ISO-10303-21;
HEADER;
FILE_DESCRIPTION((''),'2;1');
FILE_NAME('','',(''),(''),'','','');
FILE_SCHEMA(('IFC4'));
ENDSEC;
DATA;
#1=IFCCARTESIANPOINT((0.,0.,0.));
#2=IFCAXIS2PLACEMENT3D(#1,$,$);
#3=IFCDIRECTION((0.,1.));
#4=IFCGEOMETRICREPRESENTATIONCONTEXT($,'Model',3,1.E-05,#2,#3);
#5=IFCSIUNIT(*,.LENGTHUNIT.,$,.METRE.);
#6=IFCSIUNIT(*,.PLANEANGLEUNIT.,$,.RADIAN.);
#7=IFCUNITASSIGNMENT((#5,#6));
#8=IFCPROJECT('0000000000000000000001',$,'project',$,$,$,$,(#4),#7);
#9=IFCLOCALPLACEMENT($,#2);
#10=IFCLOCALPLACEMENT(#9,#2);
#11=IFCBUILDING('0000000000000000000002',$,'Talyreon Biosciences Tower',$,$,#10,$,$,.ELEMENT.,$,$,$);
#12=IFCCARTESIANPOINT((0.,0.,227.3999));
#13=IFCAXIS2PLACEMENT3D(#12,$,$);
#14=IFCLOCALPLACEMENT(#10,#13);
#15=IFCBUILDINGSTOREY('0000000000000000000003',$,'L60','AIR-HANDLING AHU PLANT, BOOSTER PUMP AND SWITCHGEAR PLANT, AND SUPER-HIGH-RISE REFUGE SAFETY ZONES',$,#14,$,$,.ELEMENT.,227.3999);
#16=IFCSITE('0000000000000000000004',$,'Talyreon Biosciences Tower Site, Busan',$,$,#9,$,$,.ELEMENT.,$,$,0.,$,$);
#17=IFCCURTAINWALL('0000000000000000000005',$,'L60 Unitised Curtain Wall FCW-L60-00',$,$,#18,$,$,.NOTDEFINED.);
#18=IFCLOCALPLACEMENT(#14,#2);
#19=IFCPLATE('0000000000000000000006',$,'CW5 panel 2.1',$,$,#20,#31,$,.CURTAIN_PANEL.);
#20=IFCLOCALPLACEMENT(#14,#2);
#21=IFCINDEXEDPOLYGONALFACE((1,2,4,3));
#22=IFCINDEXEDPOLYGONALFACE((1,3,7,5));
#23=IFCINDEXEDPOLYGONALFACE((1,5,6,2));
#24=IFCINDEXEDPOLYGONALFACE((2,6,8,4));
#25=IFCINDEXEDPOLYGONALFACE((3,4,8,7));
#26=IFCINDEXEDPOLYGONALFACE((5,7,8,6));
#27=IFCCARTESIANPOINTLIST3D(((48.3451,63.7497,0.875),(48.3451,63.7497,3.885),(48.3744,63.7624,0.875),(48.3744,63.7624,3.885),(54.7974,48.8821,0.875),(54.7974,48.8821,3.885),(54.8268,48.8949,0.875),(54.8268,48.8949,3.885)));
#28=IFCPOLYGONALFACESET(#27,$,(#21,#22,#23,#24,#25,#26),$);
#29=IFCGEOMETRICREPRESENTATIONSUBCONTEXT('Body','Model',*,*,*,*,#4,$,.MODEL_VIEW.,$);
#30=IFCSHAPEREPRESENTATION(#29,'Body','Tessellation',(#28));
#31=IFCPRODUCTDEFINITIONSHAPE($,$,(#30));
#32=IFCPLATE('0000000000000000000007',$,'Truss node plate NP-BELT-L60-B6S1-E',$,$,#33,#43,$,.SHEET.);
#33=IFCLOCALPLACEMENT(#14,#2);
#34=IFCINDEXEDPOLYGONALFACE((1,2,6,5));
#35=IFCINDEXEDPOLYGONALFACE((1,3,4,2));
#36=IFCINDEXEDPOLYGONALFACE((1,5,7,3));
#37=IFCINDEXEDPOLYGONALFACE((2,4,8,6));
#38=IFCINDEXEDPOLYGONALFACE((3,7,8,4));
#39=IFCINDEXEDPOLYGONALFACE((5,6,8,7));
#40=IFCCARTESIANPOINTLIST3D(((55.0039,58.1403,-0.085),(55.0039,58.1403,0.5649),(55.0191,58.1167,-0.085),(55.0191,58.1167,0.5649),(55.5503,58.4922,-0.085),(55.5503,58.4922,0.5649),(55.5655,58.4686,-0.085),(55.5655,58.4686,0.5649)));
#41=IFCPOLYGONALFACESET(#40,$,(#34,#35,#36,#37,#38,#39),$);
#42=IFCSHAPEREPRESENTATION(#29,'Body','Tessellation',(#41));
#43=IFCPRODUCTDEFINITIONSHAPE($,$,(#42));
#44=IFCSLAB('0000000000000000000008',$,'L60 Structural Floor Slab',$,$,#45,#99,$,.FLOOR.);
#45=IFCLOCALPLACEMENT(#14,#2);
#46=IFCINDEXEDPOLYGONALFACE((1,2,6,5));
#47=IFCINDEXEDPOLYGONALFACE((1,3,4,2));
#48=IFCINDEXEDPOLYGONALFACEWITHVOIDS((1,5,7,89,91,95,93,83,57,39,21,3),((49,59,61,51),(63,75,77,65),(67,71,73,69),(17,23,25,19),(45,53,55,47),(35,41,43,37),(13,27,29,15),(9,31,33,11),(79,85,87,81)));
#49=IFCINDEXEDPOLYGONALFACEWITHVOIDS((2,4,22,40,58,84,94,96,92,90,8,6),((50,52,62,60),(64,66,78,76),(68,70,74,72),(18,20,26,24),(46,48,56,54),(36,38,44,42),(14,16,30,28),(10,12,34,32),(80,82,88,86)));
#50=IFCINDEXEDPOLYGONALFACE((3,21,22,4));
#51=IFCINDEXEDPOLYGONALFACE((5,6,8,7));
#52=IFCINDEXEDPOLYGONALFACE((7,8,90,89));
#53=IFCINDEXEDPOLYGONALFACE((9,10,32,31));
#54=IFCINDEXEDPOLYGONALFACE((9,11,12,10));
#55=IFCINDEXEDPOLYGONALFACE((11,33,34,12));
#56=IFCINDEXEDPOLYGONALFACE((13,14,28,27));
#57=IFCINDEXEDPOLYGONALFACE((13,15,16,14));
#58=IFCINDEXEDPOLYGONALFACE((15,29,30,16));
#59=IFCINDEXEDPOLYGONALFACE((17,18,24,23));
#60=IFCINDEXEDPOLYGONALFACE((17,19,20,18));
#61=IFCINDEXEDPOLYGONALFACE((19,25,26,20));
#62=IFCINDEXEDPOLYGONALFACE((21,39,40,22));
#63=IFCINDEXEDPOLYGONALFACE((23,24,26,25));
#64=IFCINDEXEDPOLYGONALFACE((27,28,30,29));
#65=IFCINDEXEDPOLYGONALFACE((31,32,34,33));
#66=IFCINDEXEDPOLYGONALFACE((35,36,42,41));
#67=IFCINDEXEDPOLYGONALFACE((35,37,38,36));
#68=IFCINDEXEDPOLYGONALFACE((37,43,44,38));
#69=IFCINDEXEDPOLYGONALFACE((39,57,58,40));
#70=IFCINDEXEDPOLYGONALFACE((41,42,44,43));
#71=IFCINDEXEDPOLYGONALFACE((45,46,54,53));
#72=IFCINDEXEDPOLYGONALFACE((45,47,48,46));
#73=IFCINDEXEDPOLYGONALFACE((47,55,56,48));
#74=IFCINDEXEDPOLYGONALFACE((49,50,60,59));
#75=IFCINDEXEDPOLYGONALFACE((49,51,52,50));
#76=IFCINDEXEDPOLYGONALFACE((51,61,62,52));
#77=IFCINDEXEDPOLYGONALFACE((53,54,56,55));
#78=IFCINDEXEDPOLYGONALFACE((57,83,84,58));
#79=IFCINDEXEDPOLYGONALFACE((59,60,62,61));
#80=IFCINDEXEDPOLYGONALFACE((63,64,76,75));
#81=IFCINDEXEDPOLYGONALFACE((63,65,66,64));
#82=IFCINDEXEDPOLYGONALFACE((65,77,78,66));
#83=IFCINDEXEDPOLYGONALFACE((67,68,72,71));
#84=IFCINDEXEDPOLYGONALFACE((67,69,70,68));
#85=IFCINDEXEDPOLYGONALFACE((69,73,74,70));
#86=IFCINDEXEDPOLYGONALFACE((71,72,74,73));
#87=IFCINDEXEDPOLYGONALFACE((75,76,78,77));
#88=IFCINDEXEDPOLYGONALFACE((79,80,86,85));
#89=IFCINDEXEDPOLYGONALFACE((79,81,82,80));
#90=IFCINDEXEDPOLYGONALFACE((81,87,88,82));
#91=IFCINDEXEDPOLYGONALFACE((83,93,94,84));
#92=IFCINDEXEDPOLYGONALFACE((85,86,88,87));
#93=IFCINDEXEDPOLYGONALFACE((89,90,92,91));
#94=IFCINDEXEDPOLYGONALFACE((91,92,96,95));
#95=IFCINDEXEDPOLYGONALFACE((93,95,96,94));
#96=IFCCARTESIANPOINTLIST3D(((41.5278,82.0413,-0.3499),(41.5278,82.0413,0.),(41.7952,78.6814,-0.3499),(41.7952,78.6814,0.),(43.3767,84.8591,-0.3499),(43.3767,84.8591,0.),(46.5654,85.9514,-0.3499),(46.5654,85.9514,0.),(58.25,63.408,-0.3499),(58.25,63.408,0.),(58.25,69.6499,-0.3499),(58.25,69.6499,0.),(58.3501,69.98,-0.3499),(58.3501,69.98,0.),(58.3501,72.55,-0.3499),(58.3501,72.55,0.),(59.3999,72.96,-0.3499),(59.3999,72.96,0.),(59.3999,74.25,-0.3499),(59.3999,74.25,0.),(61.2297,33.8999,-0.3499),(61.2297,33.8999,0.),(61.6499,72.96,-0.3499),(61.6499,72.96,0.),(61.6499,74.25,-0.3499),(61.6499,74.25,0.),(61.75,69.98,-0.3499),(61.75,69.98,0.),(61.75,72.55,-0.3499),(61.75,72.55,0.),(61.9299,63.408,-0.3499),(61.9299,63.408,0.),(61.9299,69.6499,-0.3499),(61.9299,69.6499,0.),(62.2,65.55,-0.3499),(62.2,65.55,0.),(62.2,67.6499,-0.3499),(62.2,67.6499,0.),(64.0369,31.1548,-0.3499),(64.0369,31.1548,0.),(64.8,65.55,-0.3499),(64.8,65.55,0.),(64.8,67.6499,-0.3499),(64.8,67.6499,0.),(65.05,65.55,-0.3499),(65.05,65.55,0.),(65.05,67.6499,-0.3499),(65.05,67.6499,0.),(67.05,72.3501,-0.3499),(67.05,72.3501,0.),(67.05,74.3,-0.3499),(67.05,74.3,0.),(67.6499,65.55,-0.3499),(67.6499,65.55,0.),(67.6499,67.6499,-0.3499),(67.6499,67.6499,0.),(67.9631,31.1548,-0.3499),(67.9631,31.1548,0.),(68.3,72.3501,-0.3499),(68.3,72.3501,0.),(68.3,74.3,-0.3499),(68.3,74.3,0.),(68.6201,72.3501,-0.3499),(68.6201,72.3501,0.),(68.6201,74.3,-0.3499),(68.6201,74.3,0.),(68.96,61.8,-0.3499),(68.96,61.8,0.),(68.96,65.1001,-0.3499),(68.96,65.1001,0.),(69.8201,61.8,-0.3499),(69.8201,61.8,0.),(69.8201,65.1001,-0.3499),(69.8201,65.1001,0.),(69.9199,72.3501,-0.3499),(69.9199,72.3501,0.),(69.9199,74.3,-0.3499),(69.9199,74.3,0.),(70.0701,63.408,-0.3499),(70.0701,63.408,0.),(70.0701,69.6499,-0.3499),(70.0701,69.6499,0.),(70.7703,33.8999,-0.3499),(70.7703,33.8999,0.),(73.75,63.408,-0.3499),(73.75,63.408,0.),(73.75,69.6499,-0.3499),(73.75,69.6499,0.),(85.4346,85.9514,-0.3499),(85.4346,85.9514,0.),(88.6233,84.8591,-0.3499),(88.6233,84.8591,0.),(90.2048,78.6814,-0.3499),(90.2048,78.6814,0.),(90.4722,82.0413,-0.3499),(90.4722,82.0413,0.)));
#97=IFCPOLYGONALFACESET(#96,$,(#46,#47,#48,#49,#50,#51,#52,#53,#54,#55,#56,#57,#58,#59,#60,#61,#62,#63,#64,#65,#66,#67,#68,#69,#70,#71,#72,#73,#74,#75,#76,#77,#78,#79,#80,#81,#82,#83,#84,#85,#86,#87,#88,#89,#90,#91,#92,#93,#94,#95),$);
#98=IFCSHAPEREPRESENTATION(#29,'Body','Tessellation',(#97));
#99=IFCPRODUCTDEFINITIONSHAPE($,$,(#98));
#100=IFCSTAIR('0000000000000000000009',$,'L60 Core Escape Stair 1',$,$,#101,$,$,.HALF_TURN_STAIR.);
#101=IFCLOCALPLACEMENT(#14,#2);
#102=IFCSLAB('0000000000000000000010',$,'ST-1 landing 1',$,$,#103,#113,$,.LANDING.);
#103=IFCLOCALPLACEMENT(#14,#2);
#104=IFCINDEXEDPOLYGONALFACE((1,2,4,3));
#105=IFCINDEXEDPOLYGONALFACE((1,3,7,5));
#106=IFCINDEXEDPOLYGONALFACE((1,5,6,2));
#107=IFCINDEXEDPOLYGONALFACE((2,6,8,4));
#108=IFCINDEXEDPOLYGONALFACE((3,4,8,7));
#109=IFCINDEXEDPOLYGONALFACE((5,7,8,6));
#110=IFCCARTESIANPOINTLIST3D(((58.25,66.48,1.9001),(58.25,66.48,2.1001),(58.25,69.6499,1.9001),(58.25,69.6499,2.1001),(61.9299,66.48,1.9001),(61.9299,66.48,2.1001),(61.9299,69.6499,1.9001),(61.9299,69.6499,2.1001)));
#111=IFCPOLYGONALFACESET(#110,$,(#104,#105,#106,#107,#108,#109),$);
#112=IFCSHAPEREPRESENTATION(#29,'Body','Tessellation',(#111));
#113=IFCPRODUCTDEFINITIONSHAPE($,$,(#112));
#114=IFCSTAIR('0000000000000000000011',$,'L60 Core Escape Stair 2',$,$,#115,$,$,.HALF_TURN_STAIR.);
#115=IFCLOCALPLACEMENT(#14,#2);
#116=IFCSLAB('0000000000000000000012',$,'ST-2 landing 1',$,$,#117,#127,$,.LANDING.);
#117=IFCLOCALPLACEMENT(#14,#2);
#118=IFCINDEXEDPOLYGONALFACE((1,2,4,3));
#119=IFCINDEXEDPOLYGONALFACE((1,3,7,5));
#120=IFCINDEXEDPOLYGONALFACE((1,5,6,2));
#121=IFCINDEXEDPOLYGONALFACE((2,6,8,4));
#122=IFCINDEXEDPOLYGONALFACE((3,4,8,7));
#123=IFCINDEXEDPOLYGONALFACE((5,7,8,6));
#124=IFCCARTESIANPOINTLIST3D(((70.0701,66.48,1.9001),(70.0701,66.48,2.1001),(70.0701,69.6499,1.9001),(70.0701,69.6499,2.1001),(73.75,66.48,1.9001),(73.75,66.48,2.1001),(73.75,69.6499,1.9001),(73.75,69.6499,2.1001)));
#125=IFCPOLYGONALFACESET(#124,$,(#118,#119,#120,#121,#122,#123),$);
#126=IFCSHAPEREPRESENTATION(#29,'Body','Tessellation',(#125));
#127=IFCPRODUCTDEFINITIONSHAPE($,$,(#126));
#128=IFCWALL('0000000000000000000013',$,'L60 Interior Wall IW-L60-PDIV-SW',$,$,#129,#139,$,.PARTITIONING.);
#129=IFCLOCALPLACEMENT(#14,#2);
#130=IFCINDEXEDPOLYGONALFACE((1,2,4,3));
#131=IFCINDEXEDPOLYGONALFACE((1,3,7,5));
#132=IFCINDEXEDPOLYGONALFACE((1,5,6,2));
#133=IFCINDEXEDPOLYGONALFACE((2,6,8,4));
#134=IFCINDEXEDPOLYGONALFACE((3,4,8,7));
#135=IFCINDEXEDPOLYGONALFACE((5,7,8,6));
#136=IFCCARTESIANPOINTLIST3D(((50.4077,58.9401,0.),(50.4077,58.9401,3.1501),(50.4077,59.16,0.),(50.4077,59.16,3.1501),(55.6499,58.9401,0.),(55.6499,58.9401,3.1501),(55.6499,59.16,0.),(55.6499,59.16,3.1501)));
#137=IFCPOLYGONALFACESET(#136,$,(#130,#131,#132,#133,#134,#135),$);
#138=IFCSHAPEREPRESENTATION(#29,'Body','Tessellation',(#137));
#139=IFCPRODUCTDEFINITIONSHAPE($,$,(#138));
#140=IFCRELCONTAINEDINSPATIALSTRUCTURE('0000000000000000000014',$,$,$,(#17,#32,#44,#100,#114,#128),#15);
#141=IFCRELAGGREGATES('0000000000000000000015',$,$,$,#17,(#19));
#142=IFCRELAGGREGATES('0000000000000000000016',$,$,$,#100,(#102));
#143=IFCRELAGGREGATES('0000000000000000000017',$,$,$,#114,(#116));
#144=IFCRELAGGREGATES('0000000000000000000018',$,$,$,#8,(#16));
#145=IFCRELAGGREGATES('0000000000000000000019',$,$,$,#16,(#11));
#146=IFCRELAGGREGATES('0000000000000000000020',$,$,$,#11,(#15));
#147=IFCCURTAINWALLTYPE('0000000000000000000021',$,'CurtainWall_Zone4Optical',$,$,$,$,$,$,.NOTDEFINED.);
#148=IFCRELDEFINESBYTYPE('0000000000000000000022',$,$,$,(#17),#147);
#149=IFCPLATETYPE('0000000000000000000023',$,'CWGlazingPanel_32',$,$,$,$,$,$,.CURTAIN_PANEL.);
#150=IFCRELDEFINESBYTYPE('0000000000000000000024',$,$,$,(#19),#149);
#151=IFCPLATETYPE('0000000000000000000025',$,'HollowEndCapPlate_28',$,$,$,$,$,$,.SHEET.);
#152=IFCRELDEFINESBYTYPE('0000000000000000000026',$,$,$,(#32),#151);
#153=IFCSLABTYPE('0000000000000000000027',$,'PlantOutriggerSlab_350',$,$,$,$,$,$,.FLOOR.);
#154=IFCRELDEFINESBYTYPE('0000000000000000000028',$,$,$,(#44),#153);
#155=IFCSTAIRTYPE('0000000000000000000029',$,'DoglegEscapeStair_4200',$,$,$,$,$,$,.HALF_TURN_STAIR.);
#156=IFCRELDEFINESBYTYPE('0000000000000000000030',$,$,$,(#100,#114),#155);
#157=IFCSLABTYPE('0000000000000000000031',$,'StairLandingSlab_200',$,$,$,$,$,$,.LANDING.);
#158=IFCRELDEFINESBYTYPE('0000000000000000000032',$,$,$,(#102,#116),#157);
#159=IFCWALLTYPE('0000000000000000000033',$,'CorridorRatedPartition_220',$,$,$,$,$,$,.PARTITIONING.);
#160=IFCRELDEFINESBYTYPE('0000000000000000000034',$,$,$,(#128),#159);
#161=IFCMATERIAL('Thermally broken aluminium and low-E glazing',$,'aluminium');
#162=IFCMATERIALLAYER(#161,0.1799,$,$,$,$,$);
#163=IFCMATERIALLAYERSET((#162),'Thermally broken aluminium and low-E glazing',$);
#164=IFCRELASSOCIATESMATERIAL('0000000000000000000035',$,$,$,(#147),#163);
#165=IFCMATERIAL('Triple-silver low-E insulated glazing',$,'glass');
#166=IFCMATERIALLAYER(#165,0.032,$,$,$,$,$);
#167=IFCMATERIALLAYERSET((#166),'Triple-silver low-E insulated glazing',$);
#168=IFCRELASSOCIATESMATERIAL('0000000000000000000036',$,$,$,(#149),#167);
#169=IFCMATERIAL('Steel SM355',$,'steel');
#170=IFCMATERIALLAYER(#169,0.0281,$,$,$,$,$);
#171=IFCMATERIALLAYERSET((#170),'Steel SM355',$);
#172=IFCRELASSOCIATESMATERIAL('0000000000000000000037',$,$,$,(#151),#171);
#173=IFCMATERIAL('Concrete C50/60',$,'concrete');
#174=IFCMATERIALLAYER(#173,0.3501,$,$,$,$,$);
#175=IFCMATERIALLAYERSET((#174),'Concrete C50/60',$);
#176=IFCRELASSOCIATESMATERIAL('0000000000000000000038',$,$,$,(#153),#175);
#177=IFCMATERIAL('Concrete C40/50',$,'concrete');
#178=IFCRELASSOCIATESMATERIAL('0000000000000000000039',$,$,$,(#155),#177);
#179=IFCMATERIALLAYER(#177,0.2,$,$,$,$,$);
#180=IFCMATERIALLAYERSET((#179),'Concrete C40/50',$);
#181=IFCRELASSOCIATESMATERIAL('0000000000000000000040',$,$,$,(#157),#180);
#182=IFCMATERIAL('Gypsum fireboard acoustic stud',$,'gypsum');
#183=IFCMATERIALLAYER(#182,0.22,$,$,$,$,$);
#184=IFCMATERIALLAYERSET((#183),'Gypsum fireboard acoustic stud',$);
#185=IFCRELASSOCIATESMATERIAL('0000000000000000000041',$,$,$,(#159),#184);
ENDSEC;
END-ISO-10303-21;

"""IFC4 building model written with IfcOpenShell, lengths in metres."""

from ifc_helpers import new_model, si_unit, direction, frame, frame_2d, origin, origin_2d, place, context, subcontext, project, spatial, polyline, rectangle, outline, extrude, material, layer, layer_set, type_object, element, aggregate, save


model = new_model("IFC4")

# Units and contexts
model_context = context("Model", 3, precision=1e-05, world=origin(), true_north=direction((0.0, 1.0)))
body_context = subcontext(model_context, "Body", "Model", "MODEL_VIEW")
ifc_project = project(units=[si_unit("LENGTHUNIT", "METRE"), si_unit("PLANEANGLEUNIT", "RADIAN")], contexts=[model_context])

# Site, building, storey
site_placement = place(None, origin())
site = spatial("IfcSite", under=ifc_project, at=site_placement, Name="Talyreon Biosciences Tower Site, Busan", CompositionType="ELEMENT", RefElevation=0.0)
building_placement = place(site_placement, origin())
building = spatial("IfcBuilding", under=site, at=building_placement, Name="Talyreon Biosciences Tower", CompositionType="ELEMENT")
storey_placement = place(building_placement, frame((0.0, 0.0, 227.3999)))
storey = spatial("IfcBuildingStorey", under=building, at=storey_placement, Name="L60", Description="AIR-HANDLING AHU PLANT, BOOSTER PUMP AND SWITCHGEAR PLANT, AND SUPER-HIGH-RISE REFUGE SAFETY ZONES", CompositionType="ELEMENT", Elevation=227.3999)

# Shared definitions
ifc_material_1 = material(Name="Concrete C50/60", Category="concrete")

# Shared definitions
ifc_material_2 = material(Name="Steel SM355", Category="steel")

# Curtain wall
ifc_material_3 = material(Name="Thermally broken aluminium and low-E glazing", Category="aluminium")
ifc_layer_1 = layer(ifc_material_3, 0.1799)
ifc_layer_set_1 = layer_set([ifc_layer_1], Name="Thermally broken aluminium and low-E glazing")
curtain_wall_type = type_object("IfcCurtainWallType", Name="CurtainWall_Zone4Optical", PredefinedType="NOTDEFINED", material=ifc_layer_set_1)
curtain_wall_placement = place(storey_placement, origin())
curtain_wall = element("IfcCurtainWall", 1, at=curtain_wall_placement, inside=storey, type_object=curtain_wall_type, Name="L60 Unitised Curtain Wall FCW-L60-00", PredefinedType="NOTDEFINED")

# Plates
ifc_material_4 = material(Name="Triple-silver low-E insulated glazing", Category="glass")
ifc_layer_2 = layer(ifc_material_4, 0.032)
ifc_layer_set_2 = layer_set([ifc_layer_2], Name="Triple-silver low-E insulated glazing")
plate_type_1 = type_object("IfcPlateType", Name="CWGlazingPanel_32", PredefinedType="CURTAIN_PANEL", material=ifc_layer_set_2)
plate_1_placement = place(storey_placement, frame((51.5859, 56.3223, 0.875), z_axis=(0.0, 0.0, 1.0), x_axis=(-0.398112, 0.917337, 0.0)))
plate_1 = element("IfcPlate", 2, at=plate_1_placement, type_object=plate_type_1, Name="CW5 panel 2.1", PredefinedType="CURTAIN_PANEL", context=body_context, shape_type="SweptSolid", body=[
    extrude(rectangle(XDim=16.2073, YDim=0.032, at=origin_2d()), origin(), (0.0, 0.0, 1.0), 3.01),
])
aggregate(curtain_wall, [plate_1])
ifc_layer_3 = layer(ifc_material_2, 0.0281)
ifc_layer_set_3 = layer_set([ifc_layer_3], Name="Steel SM355")
plate_type_2 = type_object("IfcPlateType", Name="HollowEndCapPlate_28", PredefinedType="SHEET", material=ifc_layer_set_3)
plate_2_placement = place(storey_placement, frame((55.2847, 58.3044, -0.085), z_axis=(0.0, 0.0, 1.0), x_axis=(0.840727, 0.541459, 0.0)))
element("IfcPlate", 3, at=plate_2_placement, inside=storey, type_object=plate_type_2, Name="Truss node plate NP-BELT-L60-B6S1-E", PredefinedType="SHEET", context=body_context, shape_type="SweptSolid", body=[
    extrude(rectangle(XDim=0.6499, YDim=0.0281, at=origin_2d()), origin(), (0.0, 0.0, 1.0), 0.6499),
])

# Slab
ifc_layer_4 = layer(ifc_material_1, 0.3501)
ifc_layer_set_4 = layer_set([ifc_layer_4], Name="Concrete C50/60")
slab_type_1 = type_object("IfcSlabType", Name="PlantOutriggerSlab_350", PredefinedType="FLOOR", material=ifc_layer_set_4)
slab_1_placement = place(storey_placement, frame((0.0, 0.0, -0.3499)))
element("IfcSlab", 4, at=slab_1_placement, inside=storey, type_object=slab_type_1, Name="L60 Structural Floor Slab", PredefinedType="FLOOR", context=body_context, shape_type="SweptSolid", body=[
    extrude(outline(polyline([(61.2297, 33.8999), (41.7952, 78.6814), (41.5278, 82.0413), (43.3767, 84.8591), (46.5654, 85.9514), (85.4346, 85.9514), (88.6233, 84.8591), (90.4722, 82.0413), (90.2048, 78.6814), (70.7703, 33.8999), (67.9631, 31.1548), (64.0369, 31.1548), (61.2297, 33.8999)]), holes=[polyline([(69.8201, 65.1001), (69.8201, 61.8), (68.96, 61.8), (68.96, 65.1001), (69.8201, 65.1001)]), polyline([(61.9299, 69.6499), (61.9299, 63.408), (58.25, 63.408), (58.25, 69.6499), (61.9299, 69.6499)]), polyline([(73.75, 69.6499), (73.75, 63.408), (70.0701, 63.408), (70.0701, 69.6499), (73.75, 69.6499)]), polyline([(64.8, 67.6499), (64.8, 65.55), (62.2, 65.55), (62.2, 67.6499), (64.8, 67.6499)]), polyline([(67.6499, 67.6499), (67.6499, 65.55), (65.05, 65.55), (65.05, 67.6499), (67.6499, 67.6499)]), polyline([(61.75, 72.55), (61.75, 69.98), (58.3501, 69.98), (58.3501, 72.55), (61.75, 72.55)]), polyline([(68.3, 74.3), (68.3, 72.3501), (67.05, 72.3501), (67.05, 74.3), (68.3, 74.3)]), polyline([(69.9199, 72.3501), (68.6201, 72.3501), (68.6201, 74.3), (69.9199, 74.3), (69.9199, 72.3501)]), polyline([(61.6499, 72.96), (59.3999, 72.96), (59.3999, 74.25), (61.6499, 74.25), (61.6499, 72.96)])]), origin(), (0.0, 0.0, 1.0), 0.3499),
])

# Stairs, slabs
ifc_material_5 = material(Name="Concrete C40/50", Category="concrete")
stair_type = type_object("IfcStairType", Name="DoglegEscapeStair_4200", PredefinedType="HALF_TURN_STAIR", material=ifc_material_5)
stair_1_placement = place(storey_placement, origin())
stair_1 = element("IfcStair", 5, at=stair_1_placement, inside=storey, type_object=stair_type, Name="L60 Core Escape Stair 1", PredefinedType="HALF_TURN_STAIR")
ifc_layer_5 = layer(ifc_material_5, 0.2)
ifc_layer_set_5 = layer_set([ifc_layer_5], Name="Concrete C40/50")
slab_type_2 = type_object("IfcSlabType", Name="StairLandingSlab_200", PredefinedType="LANDING", material=ifc_layer_set_5)
slab_2_placement = place(storey_placement, frame((0.0, 0.0, 1.9001)))
slab_2 = element("IfcSlab", 6, at=slab_2_placement, type_object=slab_type_2, Name="ST-1 landing 1", PredefinedType="LANDING", context=body_context, shape_type="SweptSolid", body=[
    extrude(outline(polyline([(61.9299, 66.48), (61.9299, 69.6499), (58.25, 69.6499), (58.25, 66.48), (61.9299, 66.48)])), origin(), (0.0, 0.0, 1.0), 0.2),
])
aggregate(stair_1, [slab_2])
stair_2_placement = place(storey_placement, origin())
stair_2 = element("IfcStair", 7, at=stair_2_placement, inside=storey, type_object=stair_type, Name="L60 Core Escape Stair 2", PredefinedType="HALF_TURN_STAIR")
slab_3_placement = place(storey_placement, frame((0.0, 0.0, 1.9001)))
slab_3 = element("IfcSlab", 8, at=slab_3_placement, type_object=slab_type_2, Name="ST-2 landing 1", PredefinedType="LANDING", context=body_context, shape_type="SweptSolid", body=[
    extrude(outline(polyline([(73.75, 66.48), (73.75, 69.6499), (70.0701, 69.6499), (70.0701, 66.48), (73.75, 66.48)])), origin(), (0.0, 0.0, 1.0), 0.2),
])
aggregate(stair_2, [slab_3])

# Wall
ifc_material_6 = material(Name="Gypsum fireboard acoustic stud", Category="gypsum")
ifc_layer_6 = layer(ifc_material_6, 0.22)
ifc_layer_set_6 = layer_set([ifc_layer_6], Name="Gypsum fireboard acoustic stud")
wall_type = type_object("IfcWallType", Name="CorridorRatedPartition_220", PredefinedType="PARTITIONING", material=ifc_layer_set_6)
wall_placement = place(storey_placement, frame((50.4077, 59.05, 0.0), z_axis=(0.0, 0.0, 1.0), x_axis=(1.0, 0.0, 0.0)))
element("IfcWall", 9, at=wall_placement, inside=storey, type_object=wall_type, Name="L60 Interior Wall IW-L60-PDIV-SW", PredefinedType="PARTITIONING", context=body_context, shape_type="SweptSolid", body=[
    extrude(rectangle(XDim=5.2422, YDim=0.22, at=frame_2d((2.6211, 0.0))), origin(), (0.0, 0.0, 1.0), 3.1501),
])

save(model, "model.ifc")
